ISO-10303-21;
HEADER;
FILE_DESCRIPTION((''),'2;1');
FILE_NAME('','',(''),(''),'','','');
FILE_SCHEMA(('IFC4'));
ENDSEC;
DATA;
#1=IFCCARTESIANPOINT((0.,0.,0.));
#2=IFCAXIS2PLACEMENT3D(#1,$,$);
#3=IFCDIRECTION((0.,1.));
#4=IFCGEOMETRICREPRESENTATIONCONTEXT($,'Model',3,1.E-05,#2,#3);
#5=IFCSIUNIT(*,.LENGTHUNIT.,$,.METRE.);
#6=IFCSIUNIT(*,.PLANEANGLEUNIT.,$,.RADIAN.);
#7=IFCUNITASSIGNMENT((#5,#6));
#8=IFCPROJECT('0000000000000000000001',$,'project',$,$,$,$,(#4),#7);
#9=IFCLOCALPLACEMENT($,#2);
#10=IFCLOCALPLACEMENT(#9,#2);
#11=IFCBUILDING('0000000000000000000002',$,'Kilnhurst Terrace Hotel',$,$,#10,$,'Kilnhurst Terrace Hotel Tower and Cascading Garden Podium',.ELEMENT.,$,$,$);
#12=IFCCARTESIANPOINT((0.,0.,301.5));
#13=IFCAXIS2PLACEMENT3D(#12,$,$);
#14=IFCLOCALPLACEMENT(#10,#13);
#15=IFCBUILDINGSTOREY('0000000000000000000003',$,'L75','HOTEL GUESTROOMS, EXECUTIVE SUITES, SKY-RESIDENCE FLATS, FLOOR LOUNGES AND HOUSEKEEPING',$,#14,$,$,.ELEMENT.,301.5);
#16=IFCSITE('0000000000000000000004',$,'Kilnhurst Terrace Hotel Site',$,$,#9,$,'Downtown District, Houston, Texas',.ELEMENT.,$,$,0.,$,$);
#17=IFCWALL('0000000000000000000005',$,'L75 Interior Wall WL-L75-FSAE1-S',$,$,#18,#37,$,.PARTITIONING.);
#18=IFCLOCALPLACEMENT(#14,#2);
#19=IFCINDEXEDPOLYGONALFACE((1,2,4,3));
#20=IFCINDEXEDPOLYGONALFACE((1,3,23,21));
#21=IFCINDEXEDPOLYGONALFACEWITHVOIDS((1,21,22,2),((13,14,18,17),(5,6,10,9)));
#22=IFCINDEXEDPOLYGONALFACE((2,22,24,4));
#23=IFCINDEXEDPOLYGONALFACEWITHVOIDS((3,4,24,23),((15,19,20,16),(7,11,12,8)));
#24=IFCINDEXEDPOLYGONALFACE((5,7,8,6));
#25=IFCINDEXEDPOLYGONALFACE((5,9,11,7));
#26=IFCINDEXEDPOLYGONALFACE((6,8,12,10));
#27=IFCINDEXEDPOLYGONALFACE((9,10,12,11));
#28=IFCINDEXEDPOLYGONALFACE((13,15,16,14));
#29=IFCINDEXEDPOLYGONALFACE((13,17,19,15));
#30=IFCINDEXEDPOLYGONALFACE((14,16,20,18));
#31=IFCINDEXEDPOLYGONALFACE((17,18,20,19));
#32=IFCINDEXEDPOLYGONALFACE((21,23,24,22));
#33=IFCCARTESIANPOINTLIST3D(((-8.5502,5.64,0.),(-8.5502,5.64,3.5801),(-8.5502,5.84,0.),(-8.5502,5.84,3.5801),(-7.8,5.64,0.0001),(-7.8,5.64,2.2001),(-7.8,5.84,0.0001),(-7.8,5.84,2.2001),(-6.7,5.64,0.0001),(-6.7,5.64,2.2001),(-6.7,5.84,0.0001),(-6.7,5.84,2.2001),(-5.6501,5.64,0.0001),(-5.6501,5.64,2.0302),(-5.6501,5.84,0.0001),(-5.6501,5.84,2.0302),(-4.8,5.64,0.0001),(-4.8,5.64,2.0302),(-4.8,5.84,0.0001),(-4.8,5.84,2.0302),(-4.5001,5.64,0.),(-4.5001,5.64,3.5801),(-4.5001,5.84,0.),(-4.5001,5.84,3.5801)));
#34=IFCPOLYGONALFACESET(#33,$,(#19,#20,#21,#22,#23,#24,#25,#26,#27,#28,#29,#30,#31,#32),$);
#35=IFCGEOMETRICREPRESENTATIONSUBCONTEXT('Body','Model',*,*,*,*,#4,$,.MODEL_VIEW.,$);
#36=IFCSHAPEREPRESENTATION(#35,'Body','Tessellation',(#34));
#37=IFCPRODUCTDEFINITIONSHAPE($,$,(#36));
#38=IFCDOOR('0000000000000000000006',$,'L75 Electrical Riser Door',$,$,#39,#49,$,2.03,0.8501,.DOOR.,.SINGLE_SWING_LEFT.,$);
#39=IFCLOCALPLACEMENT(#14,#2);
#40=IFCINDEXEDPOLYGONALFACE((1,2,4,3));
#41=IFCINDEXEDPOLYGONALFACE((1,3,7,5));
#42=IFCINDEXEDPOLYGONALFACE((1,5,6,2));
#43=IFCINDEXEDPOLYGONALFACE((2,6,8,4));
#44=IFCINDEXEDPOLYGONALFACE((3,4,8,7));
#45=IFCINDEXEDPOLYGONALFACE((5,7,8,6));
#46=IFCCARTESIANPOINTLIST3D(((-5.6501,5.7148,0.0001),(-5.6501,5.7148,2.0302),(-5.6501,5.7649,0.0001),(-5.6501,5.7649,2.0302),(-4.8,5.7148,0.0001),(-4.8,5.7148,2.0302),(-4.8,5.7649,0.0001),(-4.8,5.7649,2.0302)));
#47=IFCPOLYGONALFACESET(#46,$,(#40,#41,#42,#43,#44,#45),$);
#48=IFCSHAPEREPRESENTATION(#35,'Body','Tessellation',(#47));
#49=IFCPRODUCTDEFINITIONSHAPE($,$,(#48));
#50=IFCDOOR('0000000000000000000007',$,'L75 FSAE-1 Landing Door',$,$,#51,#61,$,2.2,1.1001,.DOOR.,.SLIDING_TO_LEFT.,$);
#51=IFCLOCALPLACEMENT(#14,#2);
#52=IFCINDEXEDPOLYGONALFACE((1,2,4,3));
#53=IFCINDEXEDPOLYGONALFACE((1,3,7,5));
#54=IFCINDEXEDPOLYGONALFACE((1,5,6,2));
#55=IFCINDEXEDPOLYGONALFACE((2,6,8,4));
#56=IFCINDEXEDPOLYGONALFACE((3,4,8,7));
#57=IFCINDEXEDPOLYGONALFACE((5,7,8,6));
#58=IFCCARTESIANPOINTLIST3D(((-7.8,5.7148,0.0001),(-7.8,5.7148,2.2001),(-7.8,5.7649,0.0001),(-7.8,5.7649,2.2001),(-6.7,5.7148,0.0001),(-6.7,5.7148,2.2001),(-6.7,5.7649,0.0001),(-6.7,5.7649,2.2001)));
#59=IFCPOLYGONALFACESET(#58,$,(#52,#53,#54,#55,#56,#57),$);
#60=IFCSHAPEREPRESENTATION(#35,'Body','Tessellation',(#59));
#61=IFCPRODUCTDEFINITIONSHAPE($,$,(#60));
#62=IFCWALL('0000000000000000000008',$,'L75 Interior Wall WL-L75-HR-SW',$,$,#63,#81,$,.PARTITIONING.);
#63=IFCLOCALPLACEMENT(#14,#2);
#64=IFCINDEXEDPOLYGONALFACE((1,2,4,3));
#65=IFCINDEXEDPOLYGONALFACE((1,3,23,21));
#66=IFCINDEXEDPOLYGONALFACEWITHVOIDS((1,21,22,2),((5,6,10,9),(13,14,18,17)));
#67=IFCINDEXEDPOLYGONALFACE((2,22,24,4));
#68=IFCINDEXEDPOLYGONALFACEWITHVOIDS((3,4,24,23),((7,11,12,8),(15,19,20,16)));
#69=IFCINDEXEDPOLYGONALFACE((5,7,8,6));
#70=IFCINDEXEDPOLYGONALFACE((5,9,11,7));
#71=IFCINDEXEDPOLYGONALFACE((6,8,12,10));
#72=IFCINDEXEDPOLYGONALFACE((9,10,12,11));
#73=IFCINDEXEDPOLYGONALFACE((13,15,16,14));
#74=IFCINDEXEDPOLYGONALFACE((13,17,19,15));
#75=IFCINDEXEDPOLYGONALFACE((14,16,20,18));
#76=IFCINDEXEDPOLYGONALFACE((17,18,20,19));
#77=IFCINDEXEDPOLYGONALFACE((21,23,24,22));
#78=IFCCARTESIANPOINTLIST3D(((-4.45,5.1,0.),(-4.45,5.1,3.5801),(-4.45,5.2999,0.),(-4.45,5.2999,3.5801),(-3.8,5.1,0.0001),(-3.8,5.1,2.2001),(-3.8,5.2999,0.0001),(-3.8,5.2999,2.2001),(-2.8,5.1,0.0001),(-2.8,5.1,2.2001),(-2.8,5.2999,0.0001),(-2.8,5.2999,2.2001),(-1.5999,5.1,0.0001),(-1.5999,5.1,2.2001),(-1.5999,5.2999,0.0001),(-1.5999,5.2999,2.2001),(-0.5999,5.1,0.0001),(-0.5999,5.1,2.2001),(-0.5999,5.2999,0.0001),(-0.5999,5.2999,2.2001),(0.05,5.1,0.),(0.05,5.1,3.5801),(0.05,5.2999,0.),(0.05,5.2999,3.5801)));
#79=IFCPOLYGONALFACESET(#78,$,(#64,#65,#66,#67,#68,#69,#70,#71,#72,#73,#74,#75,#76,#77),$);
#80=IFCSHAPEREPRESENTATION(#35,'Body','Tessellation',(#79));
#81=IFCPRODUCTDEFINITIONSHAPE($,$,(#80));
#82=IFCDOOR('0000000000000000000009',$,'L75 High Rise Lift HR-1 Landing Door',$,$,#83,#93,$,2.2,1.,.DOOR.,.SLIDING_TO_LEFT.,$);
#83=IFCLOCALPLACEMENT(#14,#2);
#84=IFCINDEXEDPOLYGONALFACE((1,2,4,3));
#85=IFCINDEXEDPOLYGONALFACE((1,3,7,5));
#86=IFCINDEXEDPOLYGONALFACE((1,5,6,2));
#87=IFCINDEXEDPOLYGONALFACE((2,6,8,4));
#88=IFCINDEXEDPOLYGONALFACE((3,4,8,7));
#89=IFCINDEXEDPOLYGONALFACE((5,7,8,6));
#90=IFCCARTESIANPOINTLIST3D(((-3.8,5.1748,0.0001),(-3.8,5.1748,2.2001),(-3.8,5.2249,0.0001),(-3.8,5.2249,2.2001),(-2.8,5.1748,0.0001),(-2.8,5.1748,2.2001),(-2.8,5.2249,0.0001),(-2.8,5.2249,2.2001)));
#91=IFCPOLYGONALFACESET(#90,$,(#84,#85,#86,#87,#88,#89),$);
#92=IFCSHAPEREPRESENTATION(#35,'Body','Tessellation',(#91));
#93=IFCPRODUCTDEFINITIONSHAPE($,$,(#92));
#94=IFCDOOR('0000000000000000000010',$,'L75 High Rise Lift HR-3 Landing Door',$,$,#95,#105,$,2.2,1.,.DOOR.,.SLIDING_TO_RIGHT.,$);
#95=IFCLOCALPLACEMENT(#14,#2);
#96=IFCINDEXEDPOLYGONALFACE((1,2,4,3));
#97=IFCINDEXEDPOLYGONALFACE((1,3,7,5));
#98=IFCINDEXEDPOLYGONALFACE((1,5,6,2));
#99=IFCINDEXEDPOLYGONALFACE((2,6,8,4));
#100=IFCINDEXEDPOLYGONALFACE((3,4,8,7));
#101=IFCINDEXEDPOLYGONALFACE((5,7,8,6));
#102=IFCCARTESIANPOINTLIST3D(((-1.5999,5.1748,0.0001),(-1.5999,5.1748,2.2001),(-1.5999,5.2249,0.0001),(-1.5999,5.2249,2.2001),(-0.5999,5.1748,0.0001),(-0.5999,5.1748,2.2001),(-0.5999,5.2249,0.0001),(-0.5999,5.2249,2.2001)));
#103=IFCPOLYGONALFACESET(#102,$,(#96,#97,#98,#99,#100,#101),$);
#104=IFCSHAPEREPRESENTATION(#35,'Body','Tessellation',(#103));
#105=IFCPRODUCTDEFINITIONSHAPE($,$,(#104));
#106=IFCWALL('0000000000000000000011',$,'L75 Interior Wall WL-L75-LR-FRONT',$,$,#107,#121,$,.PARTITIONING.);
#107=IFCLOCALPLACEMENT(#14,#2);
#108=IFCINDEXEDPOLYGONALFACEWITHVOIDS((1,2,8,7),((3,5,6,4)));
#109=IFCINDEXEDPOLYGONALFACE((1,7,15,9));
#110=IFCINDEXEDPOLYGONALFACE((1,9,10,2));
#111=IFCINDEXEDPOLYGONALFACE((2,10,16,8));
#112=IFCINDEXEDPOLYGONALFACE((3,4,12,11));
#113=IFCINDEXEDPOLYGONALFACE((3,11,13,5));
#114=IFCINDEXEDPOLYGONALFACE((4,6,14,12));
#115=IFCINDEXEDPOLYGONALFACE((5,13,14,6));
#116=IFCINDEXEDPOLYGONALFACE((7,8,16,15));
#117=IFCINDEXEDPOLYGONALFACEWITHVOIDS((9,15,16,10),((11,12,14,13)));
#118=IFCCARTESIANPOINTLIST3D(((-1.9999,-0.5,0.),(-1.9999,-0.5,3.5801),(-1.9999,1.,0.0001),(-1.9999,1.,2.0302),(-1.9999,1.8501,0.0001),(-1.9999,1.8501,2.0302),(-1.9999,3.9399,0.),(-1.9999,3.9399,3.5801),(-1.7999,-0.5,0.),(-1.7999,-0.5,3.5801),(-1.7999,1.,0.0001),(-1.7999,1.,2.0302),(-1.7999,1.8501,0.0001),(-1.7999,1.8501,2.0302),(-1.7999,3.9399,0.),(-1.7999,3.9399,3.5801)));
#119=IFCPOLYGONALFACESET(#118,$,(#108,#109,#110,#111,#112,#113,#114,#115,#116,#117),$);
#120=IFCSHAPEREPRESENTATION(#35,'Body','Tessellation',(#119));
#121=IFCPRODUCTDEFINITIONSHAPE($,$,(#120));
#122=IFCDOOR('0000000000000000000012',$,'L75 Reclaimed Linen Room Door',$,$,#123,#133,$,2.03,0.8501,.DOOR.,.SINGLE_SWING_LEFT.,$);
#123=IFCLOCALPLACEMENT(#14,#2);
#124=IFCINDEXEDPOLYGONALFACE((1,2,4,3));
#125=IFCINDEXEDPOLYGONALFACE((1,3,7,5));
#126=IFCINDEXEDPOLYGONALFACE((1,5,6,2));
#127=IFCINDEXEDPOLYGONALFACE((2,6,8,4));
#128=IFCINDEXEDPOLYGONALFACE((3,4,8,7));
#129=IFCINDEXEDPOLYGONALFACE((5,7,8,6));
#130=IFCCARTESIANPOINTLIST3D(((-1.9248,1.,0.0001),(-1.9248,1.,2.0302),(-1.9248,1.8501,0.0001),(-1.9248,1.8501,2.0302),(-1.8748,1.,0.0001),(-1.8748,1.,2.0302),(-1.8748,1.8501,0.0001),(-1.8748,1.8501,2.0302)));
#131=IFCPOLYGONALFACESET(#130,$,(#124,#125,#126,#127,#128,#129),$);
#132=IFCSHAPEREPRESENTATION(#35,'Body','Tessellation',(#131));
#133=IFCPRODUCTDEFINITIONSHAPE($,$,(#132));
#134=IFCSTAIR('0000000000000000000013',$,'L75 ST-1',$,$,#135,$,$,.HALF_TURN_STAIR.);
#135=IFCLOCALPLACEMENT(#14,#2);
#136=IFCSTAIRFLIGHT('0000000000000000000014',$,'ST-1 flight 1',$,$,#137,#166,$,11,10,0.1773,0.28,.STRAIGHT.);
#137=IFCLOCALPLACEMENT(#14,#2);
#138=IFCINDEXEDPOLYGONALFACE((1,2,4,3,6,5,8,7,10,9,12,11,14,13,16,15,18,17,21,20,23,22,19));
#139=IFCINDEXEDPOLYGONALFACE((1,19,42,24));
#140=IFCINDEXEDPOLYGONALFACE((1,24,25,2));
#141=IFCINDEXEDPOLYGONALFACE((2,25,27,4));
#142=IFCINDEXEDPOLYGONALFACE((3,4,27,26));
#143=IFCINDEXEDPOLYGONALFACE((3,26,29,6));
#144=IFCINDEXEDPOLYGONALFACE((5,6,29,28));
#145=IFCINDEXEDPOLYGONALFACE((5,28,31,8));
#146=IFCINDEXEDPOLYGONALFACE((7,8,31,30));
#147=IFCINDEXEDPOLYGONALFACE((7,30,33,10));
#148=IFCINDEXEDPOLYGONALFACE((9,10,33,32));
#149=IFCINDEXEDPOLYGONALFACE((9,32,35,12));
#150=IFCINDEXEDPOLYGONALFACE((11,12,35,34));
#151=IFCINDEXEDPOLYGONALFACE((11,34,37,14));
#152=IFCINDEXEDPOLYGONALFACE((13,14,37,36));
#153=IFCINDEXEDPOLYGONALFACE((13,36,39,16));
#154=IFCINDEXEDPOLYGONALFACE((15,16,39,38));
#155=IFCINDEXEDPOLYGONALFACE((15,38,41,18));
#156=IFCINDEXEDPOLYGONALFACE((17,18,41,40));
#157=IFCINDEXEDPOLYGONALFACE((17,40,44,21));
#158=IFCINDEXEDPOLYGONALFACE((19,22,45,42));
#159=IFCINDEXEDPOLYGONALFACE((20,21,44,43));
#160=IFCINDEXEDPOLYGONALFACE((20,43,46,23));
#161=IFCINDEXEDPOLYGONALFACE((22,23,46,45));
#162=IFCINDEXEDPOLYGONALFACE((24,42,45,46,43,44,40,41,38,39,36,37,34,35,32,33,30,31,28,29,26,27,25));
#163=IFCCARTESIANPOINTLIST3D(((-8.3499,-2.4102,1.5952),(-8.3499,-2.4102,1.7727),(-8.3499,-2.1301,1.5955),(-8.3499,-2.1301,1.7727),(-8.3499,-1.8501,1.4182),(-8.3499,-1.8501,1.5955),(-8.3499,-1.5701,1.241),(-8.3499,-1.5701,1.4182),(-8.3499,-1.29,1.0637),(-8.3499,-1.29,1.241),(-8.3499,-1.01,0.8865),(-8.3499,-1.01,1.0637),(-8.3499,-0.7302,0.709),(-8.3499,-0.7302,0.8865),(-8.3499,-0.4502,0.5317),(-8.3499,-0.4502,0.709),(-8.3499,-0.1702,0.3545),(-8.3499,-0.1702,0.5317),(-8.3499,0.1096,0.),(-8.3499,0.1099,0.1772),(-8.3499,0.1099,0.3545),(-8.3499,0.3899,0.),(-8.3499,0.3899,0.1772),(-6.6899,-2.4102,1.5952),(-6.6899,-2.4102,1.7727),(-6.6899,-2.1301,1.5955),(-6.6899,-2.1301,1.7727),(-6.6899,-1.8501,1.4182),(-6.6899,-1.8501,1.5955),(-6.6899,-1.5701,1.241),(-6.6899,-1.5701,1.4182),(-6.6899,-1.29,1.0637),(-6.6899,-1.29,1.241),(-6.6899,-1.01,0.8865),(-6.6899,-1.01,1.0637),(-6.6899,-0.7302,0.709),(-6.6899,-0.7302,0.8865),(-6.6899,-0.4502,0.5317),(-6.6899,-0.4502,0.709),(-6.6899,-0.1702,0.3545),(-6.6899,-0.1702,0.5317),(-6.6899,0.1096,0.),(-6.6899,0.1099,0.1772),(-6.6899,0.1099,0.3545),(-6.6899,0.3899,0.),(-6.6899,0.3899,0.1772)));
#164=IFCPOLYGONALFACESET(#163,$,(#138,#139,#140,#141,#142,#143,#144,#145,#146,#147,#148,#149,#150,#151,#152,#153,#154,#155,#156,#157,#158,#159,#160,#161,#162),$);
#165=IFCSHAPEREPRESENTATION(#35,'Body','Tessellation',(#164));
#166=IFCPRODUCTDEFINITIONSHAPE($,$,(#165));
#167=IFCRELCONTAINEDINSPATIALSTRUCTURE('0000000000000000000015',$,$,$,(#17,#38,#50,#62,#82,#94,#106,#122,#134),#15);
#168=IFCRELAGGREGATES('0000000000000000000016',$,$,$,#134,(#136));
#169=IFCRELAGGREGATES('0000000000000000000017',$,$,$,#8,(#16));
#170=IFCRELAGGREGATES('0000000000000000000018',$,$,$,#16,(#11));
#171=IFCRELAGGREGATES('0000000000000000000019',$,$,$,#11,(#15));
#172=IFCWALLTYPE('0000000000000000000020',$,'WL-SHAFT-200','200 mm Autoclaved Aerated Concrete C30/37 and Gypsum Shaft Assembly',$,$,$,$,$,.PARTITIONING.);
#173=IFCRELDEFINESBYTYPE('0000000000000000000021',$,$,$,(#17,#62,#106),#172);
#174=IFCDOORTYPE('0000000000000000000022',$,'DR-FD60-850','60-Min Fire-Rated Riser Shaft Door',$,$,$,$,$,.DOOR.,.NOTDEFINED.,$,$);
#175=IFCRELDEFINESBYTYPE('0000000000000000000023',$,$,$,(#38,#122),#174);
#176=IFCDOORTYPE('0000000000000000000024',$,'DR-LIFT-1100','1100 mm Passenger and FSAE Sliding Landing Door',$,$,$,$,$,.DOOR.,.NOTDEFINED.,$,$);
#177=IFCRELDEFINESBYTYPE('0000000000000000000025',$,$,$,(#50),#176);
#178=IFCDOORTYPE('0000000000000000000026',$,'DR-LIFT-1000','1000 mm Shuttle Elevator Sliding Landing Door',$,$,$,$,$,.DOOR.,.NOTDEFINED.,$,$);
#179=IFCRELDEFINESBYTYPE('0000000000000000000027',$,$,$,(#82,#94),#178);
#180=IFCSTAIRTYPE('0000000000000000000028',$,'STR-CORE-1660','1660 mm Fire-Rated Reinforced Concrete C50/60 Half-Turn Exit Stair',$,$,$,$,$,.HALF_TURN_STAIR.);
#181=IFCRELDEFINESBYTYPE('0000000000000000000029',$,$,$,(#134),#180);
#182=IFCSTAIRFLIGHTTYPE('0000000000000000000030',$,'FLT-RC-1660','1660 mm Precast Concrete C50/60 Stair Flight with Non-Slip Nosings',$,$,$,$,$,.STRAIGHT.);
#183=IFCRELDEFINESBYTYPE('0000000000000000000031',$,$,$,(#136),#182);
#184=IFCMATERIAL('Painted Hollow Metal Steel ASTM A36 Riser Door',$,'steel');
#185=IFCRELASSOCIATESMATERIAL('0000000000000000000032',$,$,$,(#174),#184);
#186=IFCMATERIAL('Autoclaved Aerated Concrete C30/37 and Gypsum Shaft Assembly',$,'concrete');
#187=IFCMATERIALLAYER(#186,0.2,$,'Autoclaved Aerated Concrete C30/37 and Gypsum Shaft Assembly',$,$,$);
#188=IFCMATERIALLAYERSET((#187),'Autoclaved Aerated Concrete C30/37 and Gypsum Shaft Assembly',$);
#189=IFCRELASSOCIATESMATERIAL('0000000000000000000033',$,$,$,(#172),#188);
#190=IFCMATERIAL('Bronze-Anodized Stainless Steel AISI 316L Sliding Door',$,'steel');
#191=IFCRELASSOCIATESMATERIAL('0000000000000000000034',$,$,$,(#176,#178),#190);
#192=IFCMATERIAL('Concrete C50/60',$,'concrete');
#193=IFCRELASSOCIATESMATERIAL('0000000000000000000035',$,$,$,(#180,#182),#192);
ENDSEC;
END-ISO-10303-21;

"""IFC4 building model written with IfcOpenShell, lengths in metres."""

from ifc_helpers import new_model, si_unit, direction, frame, frame_2d, origin, place, context, subcontext, project, spatial, polyline, rectangle, outline, extrude, material, layer, layer_set, type_object, element, fill, aggregate, save


model = new_model("IFC4")

# Units and contexts
model_context = context("Model", 3, precision=1e-05, world=origin(), true_north=direction((0.0, 1.0)))
body_context = subcontext(model_context, "Body", "Model", "MODEL_VIEW")
ifc_project = project(units=[si_unit("LENGTHUNIT", "METRE"), si_unit("PLANEANGLEUNIT", "RADIAN")], contexts=[model_context])

# Site, building, storey
site_placement = place(None, origin())
site = spatial("IfcSite", under=ifc_project, at=site_placement, Name="Kilnhurst Terrace Hotel Site", LongName="Downtown District, Houston, Texas", CompositionType="ELEMENT", RefElevation=0.0)
building_placement = place(site_placement, origin())
building = spatial("IfcBuilding", under=site, at=building_placement, Name="Kilnhurst Terrace Hotel", LongName="Kilnhurst Terrace Hotel Tower and Cascading Garden Podium", CompositionType="ELEMENT")
storey_placement = place(building_placement, frame((0.0, 0.0, 301.5)))
storey = spatial("IfcBuildingStorey", under=building, at=storey_placement, Name="L75", Description="HOTEL GUESTROOMS, EXECUTIVE SUITES, SKY-RESIDENCE FLATS, FLOOR LOUNGES AND HOUSEKEEPING", CompositionType="ELEMENT", Elevation=301.5)

# Walls, openings, doors
ifc_material_1 = material(Name="Painted Hollow Metal Steel ASTM A36 Riser Door", Category="steel")
door_type_1 = type_object("IfcDoorType", Name="DR-FD60-850", Description="60-Min Fire-Rated Riser Shaft Door", OperationType="NOTDEFINED", PredefinedType="DOOR", material=ifc_material_1)
ifc_material_2 = material(Name="Autoclaved Aerated Concrete C30/37 and Gypsum Shaft Assembly", Category="concrete")
ifc_layer_1 = layer(ifc_material_2, 0.2, Name="Autoclaved Aerated Concrete C30/37 and Gypsum Shaft Assembly")
ifc_layer_set_1 = layer_set([ifc_layer_1], Name="Autoclaved Aerated Concrete C30/37 and Gypsum Shaft Assembly")
wall_type_1 = type_object("IfcWallType", Name="WL-SHAFT-200", Description="200 mm Autoclaved Aerated Concrete C30/37 and Gypsum Shaft Assembly", PredefinedType="PARTITIONING", material=ifc_layer_set_1)
wall_1_placement = place(storey_placement, frame((-8.55, 5.74, 0.0), z_axis=(0.0, 0.0, 1.0), x_axis=(1.0, 0.0, 0.0)))
wall_1 = element("IfcWall", 1, at=wall_1_placement, inside=storey, type_object=wall_type_1, Name="L75 Interior Wall WL-L75-FSAE1-S", PredefinedType="PARTITIONING", context=body_context, shape_type="SweptSolid", body=[
    extrude(rectangle(XDim=4.05, YDim=0.2, at=frame_2d((2.0249, 0.0))), origin(), (0.0, 0.0, 1.0), 3.5801),
])
opening_1_placement = place(wall_1_placement, frame((0.75, 0.0, 0.0)))
opening_1 = element("IfcOpeningElement", 2, at=opening_1_placement, cuts=wall_1, PredefinedType="OPENING", context=body_context, shape_type="SweptSolid", body=[
    extrude(rectangle(XDim=1.1001, YDim=2.2, at=frame_2d((0.55, 1.1001))), frame((0.0, 0.1099, 0.0), z_axis=(0.0, -1.0, 0.0), x_axis=(1.0, 0.0, 0.0)), (0.0, 0.0, 1.0), 0.22),
])
opening_2_placement = place(wall_1_placement, frame((2.8999, 0.0, 0.0)))
opening_2 = element("IfcOpeningElement", 3, at=opening_2_placement, cuts=wall_1, PredefinedType="OPENING", context=body_context, shape_type="SweptSolid", body=[
    extrude(rectangle(XDim=0.8501, YDim=2.03, at=frame_2d((0.425, 1.0151))), frame((0.0, 0.1099, 0.0), z_axis=(0.0, -1.0, 0.0), x_axis=(1.0, 0.0, 0.0)), (0.0, 0.0, 1.0), 0.22),
])
door_1_placement = place(opening_2_placement, origin())
door_1 = element("IfcDoor", 4, at=door_1_placement, inside=storey, type_object=door_type_1, Name="L75 Electrical Riser Door", OperationType="SINGLE_SWING_LEFT", OverallHeight=2.03, OverallWidth=0.8501, PredefinedType="DOOR", context=body_context, shape_type="SweptSolid", body=[
    extrude(rectangle(XDim=0.8501, YDim=2.03, at=frame_2d((0.425, 1.0151))), frame((0.0, 0.0249, 0.0), z_axis=(0.0, -1.0, 0.0), x_axis=(1.0, 0.0, 0.0)), (0.0, 0.0, 1.0), 0.05),
])
fill(opening_2, door_1)
ifc_material_3 = material(Name="Bronze-Anodized Stainless Steel AISI 316L Sliding Door", Category="steel")
door_type_2 = type_object("IfcDoorType", Name="DR-LIFT-1100", Description="1100 mm Passenger and FSAE Sliding Landing Door", OperationType="NOTDEFINED", PredefinedType="DOOR", material=ifc_material_3)
door_2_placement = place(opening_1_placement, origin())
door_2 = element("IfcDoor", 5, at=door_2_placement, inside=storey, type_object=door_type_2, Name="L75 FSAE-1 Landing Door", OperationType="SLIDING_TO_LEFT", OverallHeight=2.2, OverallWidth=1.1001, PredefinedType="DOOR", context=body_context, shape_type="SweptSolid", body=[
    extrude(rectangle(XDim=1.1001, YDim=2.2, at=frame_2d((0.55, 1.1001))), frame((0.0, 0.0249, 0.0), z_axis=(0.0, -1.0, 0.0), x_axis=(1.0, 0.0, 0.0)), (0.0, 0.0, 1.0), 0.05),
])
fill(opening_1, door_2)
wall_2_placement = place(storey_placement, frame((-4.45, 5.2, 0.0), z_axis=(0.0, 0.0, 1.0), x_axis=(1.0, 0.0, 0.0)))
wall_2 = element("IfcWall", 6, at=wall_2_placement, inside=storey, type_object=wall_type_1, Name="L75 Interior Wall WL-L75-HR-SW", PredefinedType="PARTITIONING", context=body_context, shape_type="SweptSolid", body=[
    extrude(rectangle(XDim=4.5, YDim=0.2, at=frame_2d((2.25, 0.0))), origin(), (0.0, 0.0, 1.0), 3.5801),
])
opening_3_placement = place(wall_2_placement, frame((0.6499, 0.0, 0.0)))
opening_3 = element("IfcOpeningElement", 7, at=opening_3_placement, cuts=wall_2, PredefinedType="OPENING", context=body_context, shape_type="SweptSolid", body=[
    extrude(rectangle(XDim=1.0, YDim=2.2, at=frame_2d((0.5, 1.1001))), frame((0.0, 0.1099, 0.0), z_axis=(0.0, -1.0, 0.0), x_axis=(1.0, 0.0, 0.0)), (0.0, 0.0, 1.0), 0.22),
])
opening_4_placement = place(wall_2_placement, frame((2.8501, 0.0, 0.0)))
opening_4 = element("IfcOpeningElement", 8, at=opening_4_placement, cuts=wall_2, PredefinedType="OPENING", context=body_context, shape_type="SweptSolid", body=[
    extrude(rectangle(XDim=1.0, YDim=2.2, at=frame_2d((0.5, 1.1001))), frame((0.0, 0.1099, 0.0), z_axis=(0.0, -1.0, 0.0), x_axis=(1.0, 0.0, 0.0)), (0.0, 0.0, 1.0), 0.22),
])
door_type_3 = type_object("IfcDoorType", Name="DR-LIFT-1000", Description="1000 mm Shuttle Elevator Sliding Landing Door", OperationType="NOTDEFINED", PredefinedType="DOOR", material=ifc_material_3)
door_3_placement = place(opening_3_placement, origin())
door_3 = element("IfcDoor", 9, at=door_3_placement, inside=storey, type_object=door_type_3, Name="L75 High Rise Lift HR-1 Landing Door", OperationType="SLIDING_TO_LEFT", OverallHeight=2.2, OverallWidth=1.0, PredefinedType="DOOR", context=body_context, shape_type="SweptSolid", body=[
    extrude(rectangle(XDim=1.0, YDim=2.2, at=frame_2d((0.5, 1.1001))), frame((0.0, 0.0249, 0.0), z_axis=(0.0, -1.0, 0.0), x_axis=(1.0, 0.0, 0.0)), (0.0, 0.0, 1.0), 0.05),
])
fill(opening_3, door_3)
door_4_placement = place(opening_4_placement, origin())
door_4 = element("IfcDoor", 10, at=door_4_placement, inside=storey, type_object=door_type_3, Name="L75 High Rise Lift HR-3 Landing Door", OperationType="SLIDING_TO_RIGHT", OverallHeight=2.2, OverallWidth=1.0, PredefinedType="DOOR", context=body_context, shape_type="SweptSolid", body=[
    extrude(rectangle(XDim=1.0, YDim=2.2, at=frame_2d((0.5, 1.1001))), frame((0.0, 0.0249, 0.0), z_axis=(0.0, -1.0, 0.0), x_axis=(1.0, 0.0, 0.0)), (0.0, 0.0, 1.0), 0.05),
])
fill(opening_4, door_4)

# Wall, opening, door
wall_3_placement = place(storey_placement, frame((-1.8999, -0.5, 0.0), z_axis=(0.0, 0.0, 1.0), x_axis=(0.0, 1.0, 0.0)))
wall_3 = element("IfcWall", 11, at=wall_3_placement, inside=storey, type_object=wall_type_1, Name="L75 Interior Wall WL-L75-LR-FRONT", PredefinedType="PARTITIONING", context=body_context, shape_type="SweptSolid", body=[
    extrude(rectangle(XDim=4.4399, YDim=0.2, at=frame_2d((2.22, 0.0))), origin(), (0.0, 0.0, 1.0), 3.5801),
])
opening_5_placement = place(wall_3_placement, frame((1.5, 0.0, 0.0)))
opening_5 = element("IfcOpeningElement", 12, at=opening_5_placement, cuts=wall_3, PredefinedType="OPENING", context=body_context, shape_type="SweptSolid", body=[
    extrude(rectangle(XDim=0.8501, YDim=2.03, at=frame_2d((0.425, 1.0151))), frame((0.0, 0.1099, 0.0), z_axis=(0.0, -1.0, 0.0), x_axis=(1.0, 0.0, 0.0)), (0.0, 0.0, 1.0), 0.22),
])
door_5_placement = place(opening_5_placement, origin())
door_5 = element("IfcDoor", 13, at=door_5_placement, inside=storey, type_object=door_type_1, Name="L75 Reclaimed Linen Room Door", OperationType="SINGLE_SWING_LEFT", OverallHeight=2.03, OverallWidth=0.8501, PredefinedType="DOOR", context=body_context, shape_type="SweptSolid", body=[
    extrude(rectangle(XDim=0.8501, YDim=2.03, at=frame_2d((0.425, 1.0151))), frame((0.0, 0.0249, 0.0), z_axis=(0.0, -1.0, 0.0), x_axis=(1.0, 0.0, 0.0)), (0.0, 0.0, 1.0), 0.05),
])
fill(opening_5, door_5)
ifc_material_4 = material(Name="Concrete C50/60", Category="concrete")

# Stair, stair flight
stair_type = type_object("IfcStairType", Name="STR-CORE-1660", Description="1660 mm Fire-Rated Reinforced Concrete C50/60 Half-Turn Exit Stair", PredefinedType="HALF_TURN_STAIR", material=ifc_material_4)
stair_placement = place(storey_placement, origin())
stair = element("IfcStair", 14, at=stair_placement, inside=storey, type_object=stair_type, Name="L75 ST-1", PredefinedType="HALF_TURN_STAIR")
stair_flight_type = type_object("IfcStairFlightType", Name="FLT-RC-1660", Description="1660 mm Precast Concrete C50/60 Stair Flight with Non-Slip Nosings", PredefinedType="STRAIGHT", material=ifc_material_4)
stair_flight_placement = place(storey_placement, frame((-7.52, 0.3899, 0.0), z_axis=(0.0, 0.0, 1.0), x_axis=(0.0, -1.0, 0.0)))
stair_flight = element("IfcStairFlight", 15, at=stair_flight_placement, type_object=stair_flight_type, Name="ST-1 flight 1", NumberOfRisers=11, NumberOfTreads=10, PredefinedType="STRAIGHT", RiserHeight=0.1773, TreadLength=0.28, context=body_context, shape_type="SweptSolid", body=[
    extrude(outline(polyline([(0.0, 0.0), (0.0, 0.1772), (0.28, 0.1772), (0.28, 0.3545), (0.5601, 0.3545), (0.5601, 0.5317), (0.8401, 0.5317), (0.8401, 0.709), (1.1201, 0.709), (1.1201, 0.8865), (1.3999, 0.8865), (1.3999, 1.0637), (1.6799, 1.0637), (1.6799, 1.241), (1.96, 1.241), (1.96, 1.4182), (2.24, 1.4182), (2.24, 1.5955), (2.52, 1.5955), (2.52, 1.7727), (2.8, 1.7727), (2.8, 1.95), (2.8, 1.5952), (0.2803, 0.0), (0.0, 0.0)])), frame((0.0, 0.8301, 0.0), z_axis=(0.0, -1.0, 0.0), x_axis=(1.0, 0.0, 0.0)), (0.0, 0.0, 1.0), 1.6599),
])
aggregate(stair, [stair_flight])

save(model, "model.ifc")
